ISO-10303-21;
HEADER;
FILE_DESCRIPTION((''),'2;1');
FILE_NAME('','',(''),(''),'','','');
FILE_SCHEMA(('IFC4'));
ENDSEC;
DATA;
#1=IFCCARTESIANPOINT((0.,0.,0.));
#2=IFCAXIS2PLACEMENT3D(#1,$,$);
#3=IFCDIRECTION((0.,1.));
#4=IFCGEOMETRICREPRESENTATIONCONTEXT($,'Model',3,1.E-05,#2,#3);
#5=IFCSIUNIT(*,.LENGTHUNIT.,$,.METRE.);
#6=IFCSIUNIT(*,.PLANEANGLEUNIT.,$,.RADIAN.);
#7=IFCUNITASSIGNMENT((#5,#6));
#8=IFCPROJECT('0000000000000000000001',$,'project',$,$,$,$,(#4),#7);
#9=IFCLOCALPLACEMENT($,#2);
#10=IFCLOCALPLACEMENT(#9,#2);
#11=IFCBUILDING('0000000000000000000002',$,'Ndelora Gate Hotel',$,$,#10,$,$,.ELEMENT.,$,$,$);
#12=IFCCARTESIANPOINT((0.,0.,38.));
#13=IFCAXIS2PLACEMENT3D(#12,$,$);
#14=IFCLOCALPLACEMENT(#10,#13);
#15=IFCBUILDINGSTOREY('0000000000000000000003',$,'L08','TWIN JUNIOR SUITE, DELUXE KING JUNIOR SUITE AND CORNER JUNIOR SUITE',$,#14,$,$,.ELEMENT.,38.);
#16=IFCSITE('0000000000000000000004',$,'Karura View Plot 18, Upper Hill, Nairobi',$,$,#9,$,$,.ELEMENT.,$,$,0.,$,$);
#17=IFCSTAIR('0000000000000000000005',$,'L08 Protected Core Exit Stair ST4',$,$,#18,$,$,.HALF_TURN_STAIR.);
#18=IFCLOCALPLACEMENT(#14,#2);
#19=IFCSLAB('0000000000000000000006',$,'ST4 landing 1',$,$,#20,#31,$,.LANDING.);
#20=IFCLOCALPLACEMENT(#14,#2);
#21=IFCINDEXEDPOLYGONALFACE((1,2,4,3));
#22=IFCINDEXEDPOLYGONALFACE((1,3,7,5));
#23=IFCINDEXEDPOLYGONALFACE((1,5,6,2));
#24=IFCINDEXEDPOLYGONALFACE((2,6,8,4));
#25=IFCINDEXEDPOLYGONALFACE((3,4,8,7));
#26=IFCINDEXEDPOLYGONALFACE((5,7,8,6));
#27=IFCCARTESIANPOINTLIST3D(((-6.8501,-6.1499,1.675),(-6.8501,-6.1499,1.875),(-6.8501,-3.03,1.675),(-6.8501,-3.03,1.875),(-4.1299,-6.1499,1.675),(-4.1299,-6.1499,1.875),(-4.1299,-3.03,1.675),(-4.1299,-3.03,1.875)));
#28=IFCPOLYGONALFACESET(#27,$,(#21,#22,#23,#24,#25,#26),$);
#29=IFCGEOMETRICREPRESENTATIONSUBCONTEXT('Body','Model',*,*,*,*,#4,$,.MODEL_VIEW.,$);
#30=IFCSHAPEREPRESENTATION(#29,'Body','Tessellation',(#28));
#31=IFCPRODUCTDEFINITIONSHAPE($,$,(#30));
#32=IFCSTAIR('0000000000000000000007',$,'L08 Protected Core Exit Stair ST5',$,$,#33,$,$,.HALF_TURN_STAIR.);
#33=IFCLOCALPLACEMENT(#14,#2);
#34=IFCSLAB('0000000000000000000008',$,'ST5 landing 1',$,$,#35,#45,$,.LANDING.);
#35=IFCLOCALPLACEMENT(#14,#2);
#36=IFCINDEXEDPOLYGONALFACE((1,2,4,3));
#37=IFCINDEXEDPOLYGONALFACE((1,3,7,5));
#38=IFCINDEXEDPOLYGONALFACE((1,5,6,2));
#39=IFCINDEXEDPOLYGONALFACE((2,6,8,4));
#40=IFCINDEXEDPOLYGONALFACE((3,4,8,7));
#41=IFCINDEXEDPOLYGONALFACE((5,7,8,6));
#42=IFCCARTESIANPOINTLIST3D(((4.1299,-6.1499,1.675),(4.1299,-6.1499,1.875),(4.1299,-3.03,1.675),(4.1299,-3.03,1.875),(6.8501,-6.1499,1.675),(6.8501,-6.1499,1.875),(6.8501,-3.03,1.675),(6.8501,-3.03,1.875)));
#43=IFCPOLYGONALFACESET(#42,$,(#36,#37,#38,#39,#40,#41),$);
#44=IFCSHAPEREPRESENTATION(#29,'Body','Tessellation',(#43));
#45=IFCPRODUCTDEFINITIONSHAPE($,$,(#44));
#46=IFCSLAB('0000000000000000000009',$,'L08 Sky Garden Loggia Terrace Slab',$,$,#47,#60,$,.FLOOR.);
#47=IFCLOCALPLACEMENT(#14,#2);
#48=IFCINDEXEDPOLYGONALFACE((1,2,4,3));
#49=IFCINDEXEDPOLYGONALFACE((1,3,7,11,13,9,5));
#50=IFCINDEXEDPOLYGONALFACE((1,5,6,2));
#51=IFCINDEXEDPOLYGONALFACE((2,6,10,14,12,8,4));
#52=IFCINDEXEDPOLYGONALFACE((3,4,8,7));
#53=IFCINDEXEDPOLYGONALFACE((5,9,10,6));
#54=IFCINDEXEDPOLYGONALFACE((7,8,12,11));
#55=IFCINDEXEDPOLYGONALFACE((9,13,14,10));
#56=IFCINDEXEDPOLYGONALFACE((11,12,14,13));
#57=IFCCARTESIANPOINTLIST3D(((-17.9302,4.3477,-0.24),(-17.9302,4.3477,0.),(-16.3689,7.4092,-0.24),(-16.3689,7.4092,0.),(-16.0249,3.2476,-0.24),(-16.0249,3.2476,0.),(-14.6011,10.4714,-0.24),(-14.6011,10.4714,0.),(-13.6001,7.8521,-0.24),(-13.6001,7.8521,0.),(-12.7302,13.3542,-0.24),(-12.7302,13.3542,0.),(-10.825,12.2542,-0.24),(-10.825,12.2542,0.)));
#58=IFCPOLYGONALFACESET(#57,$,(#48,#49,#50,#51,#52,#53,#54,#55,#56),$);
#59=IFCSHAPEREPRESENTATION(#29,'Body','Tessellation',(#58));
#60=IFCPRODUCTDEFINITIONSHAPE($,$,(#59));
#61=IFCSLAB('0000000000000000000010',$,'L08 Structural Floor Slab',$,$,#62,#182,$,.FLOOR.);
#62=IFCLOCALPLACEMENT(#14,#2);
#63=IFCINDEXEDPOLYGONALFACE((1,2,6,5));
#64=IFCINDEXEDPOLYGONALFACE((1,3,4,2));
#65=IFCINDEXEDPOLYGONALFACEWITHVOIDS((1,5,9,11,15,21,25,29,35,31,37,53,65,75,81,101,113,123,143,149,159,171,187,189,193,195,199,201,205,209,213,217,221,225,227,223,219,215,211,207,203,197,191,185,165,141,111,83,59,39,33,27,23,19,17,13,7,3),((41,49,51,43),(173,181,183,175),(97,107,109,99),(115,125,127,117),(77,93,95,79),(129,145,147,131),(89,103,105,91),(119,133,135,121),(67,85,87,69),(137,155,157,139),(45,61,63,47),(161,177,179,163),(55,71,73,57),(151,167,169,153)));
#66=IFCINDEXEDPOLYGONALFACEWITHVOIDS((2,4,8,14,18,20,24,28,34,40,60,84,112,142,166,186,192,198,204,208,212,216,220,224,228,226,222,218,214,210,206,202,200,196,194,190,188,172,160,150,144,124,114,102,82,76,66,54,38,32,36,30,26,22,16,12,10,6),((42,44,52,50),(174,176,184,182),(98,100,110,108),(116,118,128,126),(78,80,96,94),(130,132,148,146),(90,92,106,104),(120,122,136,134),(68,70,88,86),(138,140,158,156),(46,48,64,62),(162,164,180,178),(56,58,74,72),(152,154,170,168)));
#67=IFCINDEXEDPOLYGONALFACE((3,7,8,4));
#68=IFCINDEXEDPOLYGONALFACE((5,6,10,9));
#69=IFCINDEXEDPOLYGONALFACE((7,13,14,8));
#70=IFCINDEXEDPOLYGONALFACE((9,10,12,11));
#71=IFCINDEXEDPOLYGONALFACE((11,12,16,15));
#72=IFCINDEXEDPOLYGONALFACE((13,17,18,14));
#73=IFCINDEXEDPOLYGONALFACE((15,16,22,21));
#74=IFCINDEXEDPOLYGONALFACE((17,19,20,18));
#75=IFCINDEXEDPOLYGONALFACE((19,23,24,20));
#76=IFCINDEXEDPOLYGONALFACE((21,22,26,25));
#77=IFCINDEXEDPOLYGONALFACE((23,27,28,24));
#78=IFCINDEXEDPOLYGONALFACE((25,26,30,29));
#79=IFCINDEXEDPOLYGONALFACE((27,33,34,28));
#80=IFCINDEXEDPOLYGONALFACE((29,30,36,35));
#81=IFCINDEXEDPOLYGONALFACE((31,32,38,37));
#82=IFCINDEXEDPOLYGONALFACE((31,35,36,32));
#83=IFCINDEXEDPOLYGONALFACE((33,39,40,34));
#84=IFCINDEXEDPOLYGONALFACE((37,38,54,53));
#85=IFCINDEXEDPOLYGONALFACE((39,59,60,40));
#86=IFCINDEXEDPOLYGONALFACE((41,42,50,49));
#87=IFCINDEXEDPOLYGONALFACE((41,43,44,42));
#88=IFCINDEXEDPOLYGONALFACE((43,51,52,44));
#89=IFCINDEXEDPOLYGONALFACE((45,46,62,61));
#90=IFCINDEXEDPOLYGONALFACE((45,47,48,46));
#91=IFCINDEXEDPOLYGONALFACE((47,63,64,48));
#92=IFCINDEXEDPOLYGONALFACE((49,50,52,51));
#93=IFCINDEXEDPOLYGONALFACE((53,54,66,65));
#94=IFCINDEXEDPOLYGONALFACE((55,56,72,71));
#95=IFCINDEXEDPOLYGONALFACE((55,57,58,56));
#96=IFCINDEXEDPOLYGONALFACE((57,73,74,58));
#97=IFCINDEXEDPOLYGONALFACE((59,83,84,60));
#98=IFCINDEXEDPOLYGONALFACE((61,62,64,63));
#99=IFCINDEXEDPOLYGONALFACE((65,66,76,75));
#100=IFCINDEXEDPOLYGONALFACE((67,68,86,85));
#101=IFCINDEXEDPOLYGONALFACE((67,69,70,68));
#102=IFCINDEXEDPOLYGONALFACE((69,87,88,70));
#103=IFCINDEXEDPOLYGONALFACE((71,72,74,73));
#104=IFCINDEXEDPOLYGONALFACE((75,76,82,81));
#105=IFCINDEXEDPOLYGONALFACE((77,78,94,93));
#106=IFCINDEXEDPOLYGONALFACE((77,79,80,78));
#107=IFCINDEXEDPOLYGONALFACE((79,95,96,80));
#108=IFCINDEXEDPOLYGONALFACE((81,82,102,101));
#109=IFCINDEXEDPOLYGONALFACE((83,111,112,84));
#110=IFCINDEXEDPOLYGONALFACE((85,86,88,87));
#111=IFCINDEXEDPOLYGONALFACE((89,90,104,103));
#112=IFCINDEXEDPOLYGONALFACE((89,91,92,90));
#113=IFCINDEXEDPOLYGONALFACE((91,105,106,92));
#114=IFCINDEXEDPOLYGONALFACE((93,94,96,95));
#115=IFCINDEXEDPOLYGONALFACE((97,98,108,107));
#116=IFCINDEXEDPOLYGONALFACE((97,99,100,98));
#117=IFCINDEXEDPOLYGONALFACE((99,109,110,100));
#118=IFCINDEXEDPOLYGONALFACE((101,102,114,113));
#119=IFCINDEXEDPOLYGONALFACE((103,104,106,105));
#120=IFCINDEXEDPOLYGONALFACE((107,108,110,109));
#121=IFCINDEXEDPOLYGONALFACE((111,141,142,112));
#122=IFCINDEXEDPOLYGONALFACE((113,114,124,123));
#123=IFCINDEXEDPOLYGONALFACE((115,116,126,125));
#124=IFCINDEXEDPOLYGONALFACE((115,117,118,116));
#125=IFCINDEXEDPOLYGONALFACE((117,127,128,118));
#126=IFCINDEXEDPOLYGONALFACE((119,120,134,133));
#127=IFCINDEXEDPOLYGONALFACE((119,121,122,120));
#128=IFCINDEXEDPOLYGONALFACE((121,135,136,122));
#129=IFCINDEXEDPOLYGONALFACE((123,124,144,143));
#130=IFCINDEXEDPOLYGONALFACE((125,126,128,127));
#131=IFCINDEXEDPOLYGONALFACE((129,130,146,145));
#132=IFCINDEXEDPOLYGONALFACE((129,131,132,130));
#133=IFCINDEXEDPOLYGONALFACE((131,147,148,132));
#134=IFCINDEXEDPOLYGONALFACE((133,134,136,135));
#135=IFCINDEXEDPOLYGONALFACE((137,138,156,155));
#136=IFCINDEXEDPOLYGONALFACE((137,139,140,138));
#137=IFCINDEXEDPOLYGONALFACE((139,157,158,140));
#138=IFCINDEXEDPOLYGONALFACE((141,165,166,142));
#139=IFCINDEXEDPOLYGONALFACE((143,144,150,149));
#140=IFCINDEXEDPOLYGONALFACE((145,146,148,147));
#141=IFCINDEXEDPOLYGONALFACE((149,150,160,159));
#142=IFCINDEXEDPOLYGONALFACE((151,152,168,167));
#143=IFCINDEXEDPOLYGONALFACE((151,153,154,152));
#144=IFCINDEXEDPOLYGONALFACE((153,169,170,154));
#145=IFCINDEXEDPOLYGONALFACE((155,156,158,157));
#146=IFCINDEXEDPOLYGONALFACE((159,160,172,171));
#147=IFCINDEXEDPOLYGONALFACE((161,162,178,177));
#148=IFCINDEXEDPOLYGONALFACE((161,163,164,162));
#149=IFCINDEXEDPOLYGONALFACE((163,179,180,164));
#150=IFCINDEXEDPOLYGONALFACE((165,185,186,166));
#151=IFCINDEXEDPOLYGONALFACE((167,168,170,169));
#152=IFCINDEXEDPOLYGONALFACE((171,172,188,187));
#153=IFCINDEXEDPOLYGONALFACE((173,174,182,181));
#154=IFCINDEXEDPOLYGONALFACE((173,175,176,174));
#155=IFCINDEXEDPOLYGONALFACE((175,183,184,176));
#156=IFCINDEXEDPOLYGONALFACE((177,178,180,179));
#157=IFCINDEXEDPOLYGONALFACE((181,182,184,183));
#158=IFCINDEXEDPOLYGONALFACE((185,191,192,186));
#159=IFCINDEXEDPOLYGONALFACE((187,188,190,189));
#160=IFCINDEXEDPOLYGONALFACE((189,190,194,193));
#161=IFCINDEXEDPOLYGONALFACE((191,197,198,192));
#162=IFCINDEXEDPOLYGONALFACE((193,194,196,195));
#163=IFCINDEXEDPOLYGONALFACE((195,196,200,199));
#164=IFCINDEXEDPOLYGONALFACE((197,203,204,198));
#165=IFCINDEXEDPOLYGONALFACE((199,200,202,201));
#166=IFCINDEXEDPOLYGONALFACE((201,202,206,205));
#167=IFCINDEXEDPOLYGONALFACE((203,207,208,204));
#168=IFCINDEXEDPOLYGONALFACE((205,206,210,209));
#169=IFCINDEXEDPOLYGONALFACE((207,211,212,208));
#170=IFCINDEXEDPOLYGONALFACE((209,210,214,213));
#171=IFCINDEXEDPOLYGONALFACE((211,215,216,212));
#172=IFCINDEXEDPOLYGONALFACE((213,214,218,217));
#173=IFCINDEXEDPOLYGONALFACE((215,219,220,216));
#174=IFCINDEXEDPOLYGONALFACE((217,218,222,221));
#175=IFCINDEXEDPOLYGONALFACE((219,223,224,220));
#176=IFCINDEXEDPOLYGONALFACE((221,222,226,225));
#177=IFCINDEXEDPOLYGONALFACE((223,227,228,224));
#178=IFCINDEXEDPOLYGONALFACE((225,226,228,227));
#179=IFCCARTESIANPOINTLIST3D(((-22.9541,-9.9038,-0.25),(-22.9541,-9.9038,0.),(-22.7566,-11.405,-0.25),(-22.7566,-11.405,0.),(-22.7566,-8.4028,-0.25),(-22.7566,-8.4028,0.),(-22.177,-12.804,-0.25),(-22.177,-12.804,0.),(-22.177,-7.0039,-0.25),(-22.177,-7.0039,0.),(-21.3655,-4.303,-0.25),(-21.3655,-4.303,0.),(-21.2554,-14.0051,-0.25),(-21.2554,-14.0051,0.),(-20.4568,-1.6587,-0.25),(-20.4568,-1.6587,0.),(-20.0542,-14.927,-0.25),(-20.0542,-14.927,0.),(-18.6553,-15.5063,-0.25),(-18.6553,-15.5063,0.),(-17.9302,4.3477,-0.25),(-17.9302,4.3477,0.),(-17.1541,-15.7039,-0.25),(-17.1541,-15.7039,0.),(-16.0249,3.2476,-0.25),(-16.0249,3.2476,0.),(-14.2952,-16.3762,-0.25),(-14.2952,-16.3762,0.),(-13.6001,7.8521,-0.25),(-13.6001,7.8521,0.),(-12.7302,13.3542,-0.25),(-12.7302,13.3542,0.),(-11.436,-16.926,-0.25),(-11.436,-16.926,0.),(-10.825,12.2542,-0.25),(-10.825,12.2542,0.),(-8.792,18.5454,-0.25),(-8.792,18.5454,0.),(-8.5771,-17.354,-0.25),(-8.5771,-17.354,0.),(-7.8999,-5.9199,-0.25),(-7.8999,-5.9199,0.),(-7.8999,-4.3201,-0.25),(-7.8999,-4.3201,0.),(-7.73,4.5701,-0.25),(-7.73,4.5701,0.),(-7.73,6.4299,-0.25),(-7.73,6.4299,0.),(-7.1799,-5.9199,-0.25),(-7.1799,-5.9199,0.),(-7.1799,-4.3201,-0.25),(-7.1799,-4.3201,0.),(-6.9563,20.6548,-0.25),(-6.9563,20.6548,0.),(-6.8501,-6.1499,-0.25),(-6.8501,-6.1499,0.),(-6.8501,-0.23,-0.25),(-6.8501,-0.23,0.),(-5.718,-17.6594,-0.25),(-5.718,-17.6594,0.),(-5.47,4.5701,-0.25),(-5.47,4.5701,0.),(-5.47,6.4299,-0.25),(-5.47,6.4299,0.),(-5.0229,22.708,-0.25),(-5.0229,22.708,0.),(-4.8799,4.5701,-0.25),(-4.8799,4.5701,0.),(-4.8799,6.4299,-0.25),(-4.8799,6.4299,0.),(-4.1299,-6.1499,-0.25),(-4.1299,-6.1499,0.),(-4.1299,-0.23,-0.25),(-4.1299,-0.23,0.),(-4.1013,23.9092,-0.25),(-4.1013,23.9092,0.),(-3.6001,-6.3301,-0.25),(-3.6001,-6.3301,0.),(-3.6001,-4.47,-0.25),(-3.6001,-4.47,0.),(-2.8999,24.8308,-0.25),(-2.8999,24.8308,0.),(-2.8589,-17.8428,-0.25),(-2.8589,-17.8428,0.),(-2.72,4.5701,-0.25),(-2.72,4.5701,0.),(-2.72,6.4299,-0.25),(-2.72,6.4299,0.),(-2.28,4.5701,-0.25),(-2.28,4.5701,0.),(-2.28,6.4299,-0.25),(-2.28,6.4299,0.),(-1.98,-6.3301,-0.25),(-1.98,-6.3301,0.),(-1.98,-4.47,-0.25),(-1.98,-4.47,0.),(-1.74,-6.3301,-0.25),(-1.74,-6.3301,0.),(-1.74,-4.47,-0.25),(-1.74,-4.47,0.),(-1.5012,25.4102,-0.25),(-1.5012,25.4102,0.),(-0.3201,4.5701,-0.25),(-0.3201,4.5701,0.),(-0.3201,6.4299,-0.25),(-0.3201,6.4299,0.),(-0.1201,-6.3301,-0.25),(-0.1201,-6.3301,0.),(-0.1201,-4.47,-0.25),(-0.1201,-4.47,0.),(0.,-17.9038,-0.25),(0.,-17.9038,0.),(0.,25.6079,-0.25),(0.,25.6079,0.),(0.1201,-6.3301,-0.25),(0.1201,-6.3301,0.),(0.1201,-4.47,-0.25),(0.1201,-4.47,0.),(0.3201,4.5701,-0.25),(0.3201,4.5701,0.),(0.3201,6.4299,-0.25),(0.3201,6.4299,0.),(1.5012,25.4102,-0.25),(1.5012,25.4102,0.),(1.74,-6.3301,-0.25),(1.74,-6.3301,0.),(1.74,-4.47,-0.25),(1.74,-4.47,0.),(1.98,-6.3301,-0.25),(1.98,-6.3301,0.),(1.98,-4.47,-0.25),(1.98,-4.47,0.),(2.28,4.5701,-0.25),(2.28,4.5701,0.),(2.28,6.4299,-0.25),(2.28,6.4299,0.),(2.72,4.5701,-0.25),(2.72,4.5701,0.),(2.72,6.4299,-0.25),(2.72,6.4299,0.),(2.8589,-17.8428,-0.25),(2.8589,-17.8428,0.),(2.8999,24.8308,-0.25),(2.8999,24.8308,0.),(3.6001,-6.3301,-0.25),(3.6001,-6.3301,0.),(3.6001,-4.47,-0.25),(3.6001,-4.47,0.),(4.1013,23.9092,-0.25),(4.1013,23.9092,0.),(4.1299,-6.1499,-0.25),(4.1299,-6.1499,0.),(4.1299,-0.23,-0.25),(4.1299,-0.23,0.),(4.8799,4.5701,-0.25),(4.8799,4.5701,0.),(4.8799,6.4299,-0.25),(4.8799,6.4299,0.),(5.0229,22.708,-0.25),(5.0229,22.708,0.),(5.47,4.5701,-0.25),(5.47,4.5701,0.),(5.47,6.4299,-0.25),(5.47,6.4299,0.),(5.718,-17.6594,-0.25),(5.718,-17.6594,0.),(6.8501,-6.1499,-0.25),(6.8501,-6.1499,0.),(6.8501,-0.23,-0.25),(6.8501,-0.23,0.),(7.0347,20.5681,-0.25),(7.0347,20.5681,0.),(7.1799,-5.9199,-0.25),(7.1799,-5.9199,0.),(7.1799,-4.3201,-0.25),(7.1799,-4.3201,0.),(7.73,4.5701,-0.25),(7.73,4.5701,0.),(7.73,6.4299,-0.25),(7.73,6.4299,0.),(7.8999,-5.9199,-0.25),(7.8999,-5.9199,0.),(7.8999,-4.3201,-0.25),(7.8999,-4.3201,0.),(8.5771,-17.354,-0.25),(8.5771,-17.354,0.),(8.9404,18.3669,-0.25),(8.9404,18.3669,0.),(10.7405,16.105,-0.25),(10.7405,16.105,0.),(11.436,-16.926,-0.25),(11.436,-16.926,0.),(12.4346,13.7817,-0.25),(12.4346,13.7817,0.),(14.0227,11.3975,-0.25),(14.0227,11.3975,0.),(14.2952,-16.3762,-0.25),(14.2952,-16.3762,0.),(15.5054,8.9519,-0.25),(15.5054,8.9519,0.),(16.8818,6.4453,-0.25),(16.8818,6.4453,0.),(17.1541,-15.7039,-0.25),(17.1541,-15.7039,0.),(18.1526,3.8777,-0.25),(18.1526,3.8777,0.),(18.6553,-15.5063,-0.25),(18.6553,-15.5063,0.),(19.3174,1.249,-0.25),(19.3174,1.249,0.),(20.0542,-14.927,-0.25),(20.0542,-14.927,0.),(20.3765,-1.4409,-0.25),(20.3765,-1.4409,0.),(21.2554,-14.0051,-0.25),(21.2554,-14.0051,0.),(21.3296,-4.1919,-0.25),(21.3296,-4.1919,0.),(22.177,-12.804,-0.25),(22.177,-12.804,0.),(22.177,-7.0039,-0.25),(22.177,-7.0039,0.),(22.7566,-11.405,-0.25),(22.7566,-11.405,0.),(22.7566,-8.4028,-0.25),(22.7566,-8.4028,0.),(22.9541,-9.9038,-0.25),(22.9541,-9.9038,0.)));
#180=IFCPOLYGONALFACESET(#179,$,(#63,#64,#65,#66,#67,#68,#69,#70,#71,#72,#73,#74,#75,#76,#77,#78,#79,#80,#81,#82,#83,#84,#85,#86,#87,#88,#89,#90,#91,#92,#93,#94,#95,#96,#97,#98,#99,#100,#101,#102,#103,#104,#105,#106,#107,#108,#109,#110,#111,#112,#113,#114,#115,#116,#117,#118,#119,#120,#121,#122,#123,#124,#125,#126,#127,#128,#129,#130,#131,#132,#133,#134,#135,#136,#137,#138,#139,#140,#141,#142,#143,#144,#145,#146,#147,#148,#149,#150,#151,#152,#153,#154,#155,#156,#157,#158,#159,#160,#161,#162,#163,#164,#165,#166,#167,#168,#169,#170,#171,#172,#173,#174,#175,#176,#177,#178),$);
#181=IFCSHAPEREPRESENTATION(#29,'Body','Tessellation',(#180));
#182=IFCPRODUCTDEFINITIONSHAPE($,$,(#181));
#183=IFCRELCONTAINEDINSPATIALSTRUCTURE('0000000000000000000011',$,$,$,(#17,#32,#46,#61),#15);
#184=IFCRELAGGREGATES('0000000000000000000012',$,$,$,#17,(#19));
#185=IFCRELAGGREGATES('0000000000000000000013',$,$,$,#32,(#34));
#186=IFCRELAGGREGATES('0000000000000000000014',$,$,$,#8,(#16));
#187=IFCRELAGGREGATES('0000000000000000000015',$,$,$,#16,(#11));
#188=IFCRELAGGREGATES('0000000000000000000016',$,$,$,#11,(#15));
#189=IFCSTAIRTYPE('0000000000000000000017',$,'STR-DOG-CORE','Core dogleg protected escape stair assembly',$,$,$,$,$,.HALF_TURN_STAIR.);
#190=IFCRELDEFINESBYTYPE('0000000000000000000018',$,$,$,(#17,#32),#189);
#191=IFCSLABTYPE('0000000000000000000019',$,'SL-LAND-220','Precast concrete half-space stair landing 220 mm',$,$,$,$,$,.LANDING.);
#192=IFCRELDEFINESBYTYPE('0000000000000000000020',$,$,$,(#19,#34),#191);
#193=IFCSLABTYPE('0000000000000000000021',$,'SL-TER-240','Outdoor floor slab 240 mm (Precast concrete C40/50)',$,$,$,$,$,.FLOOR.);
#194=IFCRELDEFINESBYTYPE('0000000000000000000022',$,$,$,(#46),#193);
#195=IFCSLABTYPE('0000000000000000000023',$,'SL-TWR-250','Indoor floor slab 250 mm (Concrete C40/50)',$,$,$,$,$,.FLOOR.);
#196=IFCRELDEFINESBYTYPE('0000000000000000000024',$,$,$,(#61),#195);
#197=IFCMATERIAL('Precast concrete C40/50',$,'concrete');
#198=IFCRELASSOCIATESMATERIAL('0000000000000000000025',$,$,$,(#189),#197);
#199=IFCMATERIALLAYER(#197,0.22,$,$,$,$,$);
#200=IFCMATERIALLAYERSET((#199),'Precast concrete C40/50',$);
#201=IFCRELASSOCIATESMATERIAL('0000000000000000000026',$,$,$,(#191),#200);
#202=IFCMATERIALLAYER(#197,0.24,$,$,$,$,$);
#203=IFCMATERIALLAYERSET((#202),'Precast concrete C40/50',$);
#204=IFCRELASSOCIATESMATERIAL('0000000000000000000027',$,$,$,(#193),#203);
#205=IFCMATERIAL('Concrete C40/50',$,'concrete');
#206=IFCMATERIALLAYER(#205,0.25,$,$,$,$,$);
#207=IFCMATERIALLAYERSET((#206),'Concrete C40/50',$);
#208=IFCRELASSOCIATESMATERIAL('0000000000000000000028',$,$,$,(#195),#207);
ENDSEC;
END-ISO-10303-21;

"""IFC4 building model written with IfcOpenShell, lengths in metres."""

from ifc_helpers import new_model, si_unit, direction, frame, origin, place, context, subcontext, project, spatial, polyline, outline, extrude, material, layer, layer_set, type_object, element, aggregate, save


model = new_model("IFC4")

# Units and contexts
model_context = context("Model", 3, precision=1e-05, world=origin(), true_north=direction((0.0, 1.0)))
body_context = subcontext(model_context, "Body", "Model", "MODEL_VIEW")
ifc_project = project(units=[si_unit("LENGTHUNIT", "METRE"), si_unit("PLANEANGLEUNIT", "RADIAN")], contexts=[model_context])

# Site, building, storey
site_placement = place(None, origin())
site = spatial("IfcSite", under=ifc_project, at=site_placement, Name="Karura View Plot 18, Upper Hill, Nairobi", CompositionType="ELEMENT", RefElevation=0.0)
building_placement = place(site_placement, origin())
building = spatial("IfcBuilding", under=site, at=building_placement, Name="Ndelora Gate Hotel", CompositionType="ELEMENT")
storey_placement = place(building_placement, frame((0.0, 0.0, 38.0)))
storey = spatial("IfcBuildingStorey", under=building, at=storey_placement, Name="L08", Description="TWIN JUNIOR SUITE, DELUXE KING JUNIOR SUITE AND CORNER JUNIOR SUITE", CompositionType="ELEMENT", Elevation=38.0)

# Stairs, slabs
ifc_material_1 = material(Name="Precast concrete C40/50", Category="concrete")
stair_type = type_object("IfcStairType", Name="STR-DOG-CORE", Description="Core dogleg protected escape stair assembly", PredefinedType="HALF_TURN_STAIR", material=ifc_material_1)
stair_1_placement = place(storey_placement, origin())
stair_1 = element("IfcStair", 1, at=stair_1_placement, inside=storey, type_object=stair_type, Name="L08 Protected Core Exit Stair ST4", PredefinedType="HALF_TURN_STAIR")
ifc_layer_1 = layer(ifc_material_1, 0.22)
ifc_layer_set_1 = layer_set([ifc_layer_1], Name="Precast concrete C40/50")
slab_type_1 = type_object("IfcSlabType", Name="SL-LAND-220", Description="Precast concrete half-space stair landing 220 mm", PredefinedType="LANDING", material=ifc_layer_set_1)
slab_1_placement = place(storey_placement, frame((0.0, 0.0, 1.675)))
slab_1 = element("IfcSlab", 2, at=slab_1_placement, type_object=slab_type_1, Name="ST4 landing 1", PredefinedType="LANDING", context=body_context, shape_type="SweptSolid", body=[
    extrude(outline(polyline([(-6.8501, -3.03), (-6.8501, -6.1499), (-4.1299, -6.1499), (-4.1299, -3.03), (-6.8501, -3.03)])), origin(), (0.0, 0.0, 1.0), 0.2),
])
aggregate(stair_1, [slab_1])
stair_2_placement = place(storey_placement, origin())
stair_2 = element("IfcStair", 3, at=stair_2_placement, inside=storey, type_object=stair_type, Name="L08 Protected Core Exit Stair ST5", PredefinedType="HALF_TURN_STAIR")
slab_2_placement = place(storey_placement, frame((0.0, 0.0, 1.675)))
slab_2 = element("IfcSlab", 4, at=slab_2_placement, type_object=slab_type_1, Name="ST5 landing 1", PredefinedType="LANDING", context=body_context, shape_type="SweptSolid", body=[
    extrude(outline(polyline([(4.1299, -3.03), (4.1299, -6.1499), (6.8501, -6.1499), (6.8501, -3.03), (4.1299, -3.03)])), origin(), (0.0, 0.0, 1.0), 0.2),
])

# Slabs
ifc_layer_2 = layer(ifc_material_1, 0.24)
ifc_layer_set_2 = layer_set([ifc_layer_2], Name="Precast concrete C40/50")
slab_type_2 = type_object("IfcSlabType", Name="SL-TER-240", Description="Outdoor floor slab 240 mm (Precast concrete C40/50)", PredefinedType="FLOOR", material=ifc_layer_set_2)
slab_3_placement = place(storey_placement, frame((0.0, 0.0, -0.24)))
element("IfcSlab", 5, at=slab_3_placement, inside=storey, type_object=slab_type_2, Name="L08 Sky Garden Loggia Terrace Slab", PredefinedType="FLOOR", context=body_context, shape_type="SweptSolid", body=[
    extrude(outline(polyline([(-10.825, 12.2542), (-12.7302, 13.3542), (-14.6011, 10.4714), (-16.3689, 7.4092), (-17.9302, 4.3477), (-16.0249, 3.2476), (-13.6001, 7.8521), (-10.825, 12.2542)])), origin(), (0.0, 0.0, 1.0), 0.24),
])
ifc_material_2 = material(Name="Concrete C40/50", Category="concrete")
ifc_layer_3 = layer(ifc_material_2, 0.25)
ifc_layer_set_3 = layer_set([ifc_layer_3], Name="Concrete C40/50")
slab_type_3 = type_object("IfcSlabType", Name="SL-TWR-250", Description="Indoor floor slab 250 mm (Concrete C40/50)", PredefinedType="FLOOR", material=ifc_layer_set_3)
slab_4_placement = place(storey_placement, frame((0.0, 0.0, -0.25)))
element("IfcSlab", 6, at=slab_4_placement, inside=storey, type_object=slab_type_3, Name="L08 Structural Floor Slab", PredefinedType="FLOOR", context=body_context, shape_type="SweptSolid", body=[
    extrude(outline(polyline([(5.0229, 22.708), (4.1013, 23.9092), (2.8999, 24.8308), (1.5012, 25.4102), (0.0, 25.6079), (-1.5012, 25.4102), (-2.8999, 24.8308), (-4.1013, 23.9092), (-5.0229, 22.708), (-6.9563, 20.6548), (-8.792, 18.5454), (-12.7302, 13.3542), (-10.825, 12.2542), (-13.6001, 7.8521), (-16.0249, 3.2476), (-17.9302, 4.3477), (-20.4568, -1.6587), (-21.3655, -4.303), (-22.177, -7.0039), (-22.7566, -8.4028), (-22.9541, -9.9038), (-22.7566, -11.405), (-22.177, -12.804), (-21.2554, -14.0051), (-20.0542, -14.927), (-18.6553, -15.5063), (-17.1541, -15.7039), (-14.2952, -16.3762), (-11.436, -16.926), (-8.5771, -17.354), (-5.718, -17.6594), (-2.8589, -17.8428), (0.0, -17.9038), (2.8589, -17.8428), (5.718, -17.6594), (8.5771, -17.354), (11.436, -16.926), (14.2952, -16.3762), (17.1541, -15.7039), (18.6553, -15.5063), (20.0542, -14.927), (21.2554, -14.0051), (22.177, -12.804), (22.7566, -11.405), (22.9541, -9.9038), (22.7566, -8.4028), (22.177, -7.0039), (21.3296, -4.1919), (20.3765, -1.4409), (19.3174, 1.249), (18.1526, 3.8777), (16.8818, 6.4453), (15.5054, 8.9519), (14.0227, 11.3975), (12.4346, 13.7817), (10.7405, 16.105), (8.9404, 18.3669), (7.0347, 20.5681), (5.0229, 22.708)]), holes=[polyline([(-6.8501, -0.23), (-6.8501, -6.1499), (-4.1299, -6.1499), (-4.1299, -0.23), (-6.8501, -0.23)]), polyline([(4.1299, -0.23), (4.1299, -6.1499), (6.8501, -6.1499), (6.8501, -0.23), (4.1299, -0.23)]), polyline([(-7.73, 4.5701), (-5.47, 4.5701), (-5.47, 6.4299), (-7.73, 6.4299), (-7.73, 4.5701)]), polyline([(5.47, 4.5701), (7.73, 4.5701), (7.73, 6.4299), (5.47, 6.4299), (5.47, 4.5701)]), polyline([(-4.8799, 4.5701), (-2.72, 4.5701), (-2.72, 6.4299), (-4.8799, 6.4299), (-4.8799, 4.5701)]), polyline([(2.72, 4.5701), (4.8799, 4.5701), (4.8799, 6.4299), (2.72, 6.4299), (2.72, 4.5701)]), polyline([(-3.6001, -6.3301), (-1.98, -6.3301), (-1.98, -4.47), (-3.6001, -4.47), (-3.6001, -6.3301)]), polyline([(-1.74, -6.3301), (-0.1201, -6.3301), (-0.1201, -4.47), (-1.74, -4.47), (-1.74, -6.3301)]), polyline([(0.1201, -6.3301), (1.74, -6.3301), (1.74, -4.47), (0.1201, -4.47), (0.1201, -6.3301)]), polyline([(1.98, -6.3301), (3.6001, -6.3301), (3.6001, -4.47), (1.98, -4.47), (1.98, -6.3301)]), polyline([(-2.28, 4.5701), (-0.3201, 4.5701), (-0.3201, 6.4299), (-2.28, 6.4299), (-2.28, 4.5701)]), polyline([(0.3201, 4.5701), (2.28, 4.5701), (2.28, 6.4299), (0.3201, 6.4299), (0.3201, 4.5701)]), polyline([(-7.8999, -5.9199), (-7.1799, -5.9199), (-7.1799, -4.3201), (-7.8999, -4.3201), (-7.8999, -5.9199)]), polyline([(7.1799, -5.9199), (7.8999, -5.9199), (7.8999, -4.3201), (7.1799, -4.3201), (7.1799, -5.9199)])]), origin(), (0.0, 0.0, 1.0), 0.25),
])

aggregate(stair_2, [slab_2])

save(model, "model.ifc")
